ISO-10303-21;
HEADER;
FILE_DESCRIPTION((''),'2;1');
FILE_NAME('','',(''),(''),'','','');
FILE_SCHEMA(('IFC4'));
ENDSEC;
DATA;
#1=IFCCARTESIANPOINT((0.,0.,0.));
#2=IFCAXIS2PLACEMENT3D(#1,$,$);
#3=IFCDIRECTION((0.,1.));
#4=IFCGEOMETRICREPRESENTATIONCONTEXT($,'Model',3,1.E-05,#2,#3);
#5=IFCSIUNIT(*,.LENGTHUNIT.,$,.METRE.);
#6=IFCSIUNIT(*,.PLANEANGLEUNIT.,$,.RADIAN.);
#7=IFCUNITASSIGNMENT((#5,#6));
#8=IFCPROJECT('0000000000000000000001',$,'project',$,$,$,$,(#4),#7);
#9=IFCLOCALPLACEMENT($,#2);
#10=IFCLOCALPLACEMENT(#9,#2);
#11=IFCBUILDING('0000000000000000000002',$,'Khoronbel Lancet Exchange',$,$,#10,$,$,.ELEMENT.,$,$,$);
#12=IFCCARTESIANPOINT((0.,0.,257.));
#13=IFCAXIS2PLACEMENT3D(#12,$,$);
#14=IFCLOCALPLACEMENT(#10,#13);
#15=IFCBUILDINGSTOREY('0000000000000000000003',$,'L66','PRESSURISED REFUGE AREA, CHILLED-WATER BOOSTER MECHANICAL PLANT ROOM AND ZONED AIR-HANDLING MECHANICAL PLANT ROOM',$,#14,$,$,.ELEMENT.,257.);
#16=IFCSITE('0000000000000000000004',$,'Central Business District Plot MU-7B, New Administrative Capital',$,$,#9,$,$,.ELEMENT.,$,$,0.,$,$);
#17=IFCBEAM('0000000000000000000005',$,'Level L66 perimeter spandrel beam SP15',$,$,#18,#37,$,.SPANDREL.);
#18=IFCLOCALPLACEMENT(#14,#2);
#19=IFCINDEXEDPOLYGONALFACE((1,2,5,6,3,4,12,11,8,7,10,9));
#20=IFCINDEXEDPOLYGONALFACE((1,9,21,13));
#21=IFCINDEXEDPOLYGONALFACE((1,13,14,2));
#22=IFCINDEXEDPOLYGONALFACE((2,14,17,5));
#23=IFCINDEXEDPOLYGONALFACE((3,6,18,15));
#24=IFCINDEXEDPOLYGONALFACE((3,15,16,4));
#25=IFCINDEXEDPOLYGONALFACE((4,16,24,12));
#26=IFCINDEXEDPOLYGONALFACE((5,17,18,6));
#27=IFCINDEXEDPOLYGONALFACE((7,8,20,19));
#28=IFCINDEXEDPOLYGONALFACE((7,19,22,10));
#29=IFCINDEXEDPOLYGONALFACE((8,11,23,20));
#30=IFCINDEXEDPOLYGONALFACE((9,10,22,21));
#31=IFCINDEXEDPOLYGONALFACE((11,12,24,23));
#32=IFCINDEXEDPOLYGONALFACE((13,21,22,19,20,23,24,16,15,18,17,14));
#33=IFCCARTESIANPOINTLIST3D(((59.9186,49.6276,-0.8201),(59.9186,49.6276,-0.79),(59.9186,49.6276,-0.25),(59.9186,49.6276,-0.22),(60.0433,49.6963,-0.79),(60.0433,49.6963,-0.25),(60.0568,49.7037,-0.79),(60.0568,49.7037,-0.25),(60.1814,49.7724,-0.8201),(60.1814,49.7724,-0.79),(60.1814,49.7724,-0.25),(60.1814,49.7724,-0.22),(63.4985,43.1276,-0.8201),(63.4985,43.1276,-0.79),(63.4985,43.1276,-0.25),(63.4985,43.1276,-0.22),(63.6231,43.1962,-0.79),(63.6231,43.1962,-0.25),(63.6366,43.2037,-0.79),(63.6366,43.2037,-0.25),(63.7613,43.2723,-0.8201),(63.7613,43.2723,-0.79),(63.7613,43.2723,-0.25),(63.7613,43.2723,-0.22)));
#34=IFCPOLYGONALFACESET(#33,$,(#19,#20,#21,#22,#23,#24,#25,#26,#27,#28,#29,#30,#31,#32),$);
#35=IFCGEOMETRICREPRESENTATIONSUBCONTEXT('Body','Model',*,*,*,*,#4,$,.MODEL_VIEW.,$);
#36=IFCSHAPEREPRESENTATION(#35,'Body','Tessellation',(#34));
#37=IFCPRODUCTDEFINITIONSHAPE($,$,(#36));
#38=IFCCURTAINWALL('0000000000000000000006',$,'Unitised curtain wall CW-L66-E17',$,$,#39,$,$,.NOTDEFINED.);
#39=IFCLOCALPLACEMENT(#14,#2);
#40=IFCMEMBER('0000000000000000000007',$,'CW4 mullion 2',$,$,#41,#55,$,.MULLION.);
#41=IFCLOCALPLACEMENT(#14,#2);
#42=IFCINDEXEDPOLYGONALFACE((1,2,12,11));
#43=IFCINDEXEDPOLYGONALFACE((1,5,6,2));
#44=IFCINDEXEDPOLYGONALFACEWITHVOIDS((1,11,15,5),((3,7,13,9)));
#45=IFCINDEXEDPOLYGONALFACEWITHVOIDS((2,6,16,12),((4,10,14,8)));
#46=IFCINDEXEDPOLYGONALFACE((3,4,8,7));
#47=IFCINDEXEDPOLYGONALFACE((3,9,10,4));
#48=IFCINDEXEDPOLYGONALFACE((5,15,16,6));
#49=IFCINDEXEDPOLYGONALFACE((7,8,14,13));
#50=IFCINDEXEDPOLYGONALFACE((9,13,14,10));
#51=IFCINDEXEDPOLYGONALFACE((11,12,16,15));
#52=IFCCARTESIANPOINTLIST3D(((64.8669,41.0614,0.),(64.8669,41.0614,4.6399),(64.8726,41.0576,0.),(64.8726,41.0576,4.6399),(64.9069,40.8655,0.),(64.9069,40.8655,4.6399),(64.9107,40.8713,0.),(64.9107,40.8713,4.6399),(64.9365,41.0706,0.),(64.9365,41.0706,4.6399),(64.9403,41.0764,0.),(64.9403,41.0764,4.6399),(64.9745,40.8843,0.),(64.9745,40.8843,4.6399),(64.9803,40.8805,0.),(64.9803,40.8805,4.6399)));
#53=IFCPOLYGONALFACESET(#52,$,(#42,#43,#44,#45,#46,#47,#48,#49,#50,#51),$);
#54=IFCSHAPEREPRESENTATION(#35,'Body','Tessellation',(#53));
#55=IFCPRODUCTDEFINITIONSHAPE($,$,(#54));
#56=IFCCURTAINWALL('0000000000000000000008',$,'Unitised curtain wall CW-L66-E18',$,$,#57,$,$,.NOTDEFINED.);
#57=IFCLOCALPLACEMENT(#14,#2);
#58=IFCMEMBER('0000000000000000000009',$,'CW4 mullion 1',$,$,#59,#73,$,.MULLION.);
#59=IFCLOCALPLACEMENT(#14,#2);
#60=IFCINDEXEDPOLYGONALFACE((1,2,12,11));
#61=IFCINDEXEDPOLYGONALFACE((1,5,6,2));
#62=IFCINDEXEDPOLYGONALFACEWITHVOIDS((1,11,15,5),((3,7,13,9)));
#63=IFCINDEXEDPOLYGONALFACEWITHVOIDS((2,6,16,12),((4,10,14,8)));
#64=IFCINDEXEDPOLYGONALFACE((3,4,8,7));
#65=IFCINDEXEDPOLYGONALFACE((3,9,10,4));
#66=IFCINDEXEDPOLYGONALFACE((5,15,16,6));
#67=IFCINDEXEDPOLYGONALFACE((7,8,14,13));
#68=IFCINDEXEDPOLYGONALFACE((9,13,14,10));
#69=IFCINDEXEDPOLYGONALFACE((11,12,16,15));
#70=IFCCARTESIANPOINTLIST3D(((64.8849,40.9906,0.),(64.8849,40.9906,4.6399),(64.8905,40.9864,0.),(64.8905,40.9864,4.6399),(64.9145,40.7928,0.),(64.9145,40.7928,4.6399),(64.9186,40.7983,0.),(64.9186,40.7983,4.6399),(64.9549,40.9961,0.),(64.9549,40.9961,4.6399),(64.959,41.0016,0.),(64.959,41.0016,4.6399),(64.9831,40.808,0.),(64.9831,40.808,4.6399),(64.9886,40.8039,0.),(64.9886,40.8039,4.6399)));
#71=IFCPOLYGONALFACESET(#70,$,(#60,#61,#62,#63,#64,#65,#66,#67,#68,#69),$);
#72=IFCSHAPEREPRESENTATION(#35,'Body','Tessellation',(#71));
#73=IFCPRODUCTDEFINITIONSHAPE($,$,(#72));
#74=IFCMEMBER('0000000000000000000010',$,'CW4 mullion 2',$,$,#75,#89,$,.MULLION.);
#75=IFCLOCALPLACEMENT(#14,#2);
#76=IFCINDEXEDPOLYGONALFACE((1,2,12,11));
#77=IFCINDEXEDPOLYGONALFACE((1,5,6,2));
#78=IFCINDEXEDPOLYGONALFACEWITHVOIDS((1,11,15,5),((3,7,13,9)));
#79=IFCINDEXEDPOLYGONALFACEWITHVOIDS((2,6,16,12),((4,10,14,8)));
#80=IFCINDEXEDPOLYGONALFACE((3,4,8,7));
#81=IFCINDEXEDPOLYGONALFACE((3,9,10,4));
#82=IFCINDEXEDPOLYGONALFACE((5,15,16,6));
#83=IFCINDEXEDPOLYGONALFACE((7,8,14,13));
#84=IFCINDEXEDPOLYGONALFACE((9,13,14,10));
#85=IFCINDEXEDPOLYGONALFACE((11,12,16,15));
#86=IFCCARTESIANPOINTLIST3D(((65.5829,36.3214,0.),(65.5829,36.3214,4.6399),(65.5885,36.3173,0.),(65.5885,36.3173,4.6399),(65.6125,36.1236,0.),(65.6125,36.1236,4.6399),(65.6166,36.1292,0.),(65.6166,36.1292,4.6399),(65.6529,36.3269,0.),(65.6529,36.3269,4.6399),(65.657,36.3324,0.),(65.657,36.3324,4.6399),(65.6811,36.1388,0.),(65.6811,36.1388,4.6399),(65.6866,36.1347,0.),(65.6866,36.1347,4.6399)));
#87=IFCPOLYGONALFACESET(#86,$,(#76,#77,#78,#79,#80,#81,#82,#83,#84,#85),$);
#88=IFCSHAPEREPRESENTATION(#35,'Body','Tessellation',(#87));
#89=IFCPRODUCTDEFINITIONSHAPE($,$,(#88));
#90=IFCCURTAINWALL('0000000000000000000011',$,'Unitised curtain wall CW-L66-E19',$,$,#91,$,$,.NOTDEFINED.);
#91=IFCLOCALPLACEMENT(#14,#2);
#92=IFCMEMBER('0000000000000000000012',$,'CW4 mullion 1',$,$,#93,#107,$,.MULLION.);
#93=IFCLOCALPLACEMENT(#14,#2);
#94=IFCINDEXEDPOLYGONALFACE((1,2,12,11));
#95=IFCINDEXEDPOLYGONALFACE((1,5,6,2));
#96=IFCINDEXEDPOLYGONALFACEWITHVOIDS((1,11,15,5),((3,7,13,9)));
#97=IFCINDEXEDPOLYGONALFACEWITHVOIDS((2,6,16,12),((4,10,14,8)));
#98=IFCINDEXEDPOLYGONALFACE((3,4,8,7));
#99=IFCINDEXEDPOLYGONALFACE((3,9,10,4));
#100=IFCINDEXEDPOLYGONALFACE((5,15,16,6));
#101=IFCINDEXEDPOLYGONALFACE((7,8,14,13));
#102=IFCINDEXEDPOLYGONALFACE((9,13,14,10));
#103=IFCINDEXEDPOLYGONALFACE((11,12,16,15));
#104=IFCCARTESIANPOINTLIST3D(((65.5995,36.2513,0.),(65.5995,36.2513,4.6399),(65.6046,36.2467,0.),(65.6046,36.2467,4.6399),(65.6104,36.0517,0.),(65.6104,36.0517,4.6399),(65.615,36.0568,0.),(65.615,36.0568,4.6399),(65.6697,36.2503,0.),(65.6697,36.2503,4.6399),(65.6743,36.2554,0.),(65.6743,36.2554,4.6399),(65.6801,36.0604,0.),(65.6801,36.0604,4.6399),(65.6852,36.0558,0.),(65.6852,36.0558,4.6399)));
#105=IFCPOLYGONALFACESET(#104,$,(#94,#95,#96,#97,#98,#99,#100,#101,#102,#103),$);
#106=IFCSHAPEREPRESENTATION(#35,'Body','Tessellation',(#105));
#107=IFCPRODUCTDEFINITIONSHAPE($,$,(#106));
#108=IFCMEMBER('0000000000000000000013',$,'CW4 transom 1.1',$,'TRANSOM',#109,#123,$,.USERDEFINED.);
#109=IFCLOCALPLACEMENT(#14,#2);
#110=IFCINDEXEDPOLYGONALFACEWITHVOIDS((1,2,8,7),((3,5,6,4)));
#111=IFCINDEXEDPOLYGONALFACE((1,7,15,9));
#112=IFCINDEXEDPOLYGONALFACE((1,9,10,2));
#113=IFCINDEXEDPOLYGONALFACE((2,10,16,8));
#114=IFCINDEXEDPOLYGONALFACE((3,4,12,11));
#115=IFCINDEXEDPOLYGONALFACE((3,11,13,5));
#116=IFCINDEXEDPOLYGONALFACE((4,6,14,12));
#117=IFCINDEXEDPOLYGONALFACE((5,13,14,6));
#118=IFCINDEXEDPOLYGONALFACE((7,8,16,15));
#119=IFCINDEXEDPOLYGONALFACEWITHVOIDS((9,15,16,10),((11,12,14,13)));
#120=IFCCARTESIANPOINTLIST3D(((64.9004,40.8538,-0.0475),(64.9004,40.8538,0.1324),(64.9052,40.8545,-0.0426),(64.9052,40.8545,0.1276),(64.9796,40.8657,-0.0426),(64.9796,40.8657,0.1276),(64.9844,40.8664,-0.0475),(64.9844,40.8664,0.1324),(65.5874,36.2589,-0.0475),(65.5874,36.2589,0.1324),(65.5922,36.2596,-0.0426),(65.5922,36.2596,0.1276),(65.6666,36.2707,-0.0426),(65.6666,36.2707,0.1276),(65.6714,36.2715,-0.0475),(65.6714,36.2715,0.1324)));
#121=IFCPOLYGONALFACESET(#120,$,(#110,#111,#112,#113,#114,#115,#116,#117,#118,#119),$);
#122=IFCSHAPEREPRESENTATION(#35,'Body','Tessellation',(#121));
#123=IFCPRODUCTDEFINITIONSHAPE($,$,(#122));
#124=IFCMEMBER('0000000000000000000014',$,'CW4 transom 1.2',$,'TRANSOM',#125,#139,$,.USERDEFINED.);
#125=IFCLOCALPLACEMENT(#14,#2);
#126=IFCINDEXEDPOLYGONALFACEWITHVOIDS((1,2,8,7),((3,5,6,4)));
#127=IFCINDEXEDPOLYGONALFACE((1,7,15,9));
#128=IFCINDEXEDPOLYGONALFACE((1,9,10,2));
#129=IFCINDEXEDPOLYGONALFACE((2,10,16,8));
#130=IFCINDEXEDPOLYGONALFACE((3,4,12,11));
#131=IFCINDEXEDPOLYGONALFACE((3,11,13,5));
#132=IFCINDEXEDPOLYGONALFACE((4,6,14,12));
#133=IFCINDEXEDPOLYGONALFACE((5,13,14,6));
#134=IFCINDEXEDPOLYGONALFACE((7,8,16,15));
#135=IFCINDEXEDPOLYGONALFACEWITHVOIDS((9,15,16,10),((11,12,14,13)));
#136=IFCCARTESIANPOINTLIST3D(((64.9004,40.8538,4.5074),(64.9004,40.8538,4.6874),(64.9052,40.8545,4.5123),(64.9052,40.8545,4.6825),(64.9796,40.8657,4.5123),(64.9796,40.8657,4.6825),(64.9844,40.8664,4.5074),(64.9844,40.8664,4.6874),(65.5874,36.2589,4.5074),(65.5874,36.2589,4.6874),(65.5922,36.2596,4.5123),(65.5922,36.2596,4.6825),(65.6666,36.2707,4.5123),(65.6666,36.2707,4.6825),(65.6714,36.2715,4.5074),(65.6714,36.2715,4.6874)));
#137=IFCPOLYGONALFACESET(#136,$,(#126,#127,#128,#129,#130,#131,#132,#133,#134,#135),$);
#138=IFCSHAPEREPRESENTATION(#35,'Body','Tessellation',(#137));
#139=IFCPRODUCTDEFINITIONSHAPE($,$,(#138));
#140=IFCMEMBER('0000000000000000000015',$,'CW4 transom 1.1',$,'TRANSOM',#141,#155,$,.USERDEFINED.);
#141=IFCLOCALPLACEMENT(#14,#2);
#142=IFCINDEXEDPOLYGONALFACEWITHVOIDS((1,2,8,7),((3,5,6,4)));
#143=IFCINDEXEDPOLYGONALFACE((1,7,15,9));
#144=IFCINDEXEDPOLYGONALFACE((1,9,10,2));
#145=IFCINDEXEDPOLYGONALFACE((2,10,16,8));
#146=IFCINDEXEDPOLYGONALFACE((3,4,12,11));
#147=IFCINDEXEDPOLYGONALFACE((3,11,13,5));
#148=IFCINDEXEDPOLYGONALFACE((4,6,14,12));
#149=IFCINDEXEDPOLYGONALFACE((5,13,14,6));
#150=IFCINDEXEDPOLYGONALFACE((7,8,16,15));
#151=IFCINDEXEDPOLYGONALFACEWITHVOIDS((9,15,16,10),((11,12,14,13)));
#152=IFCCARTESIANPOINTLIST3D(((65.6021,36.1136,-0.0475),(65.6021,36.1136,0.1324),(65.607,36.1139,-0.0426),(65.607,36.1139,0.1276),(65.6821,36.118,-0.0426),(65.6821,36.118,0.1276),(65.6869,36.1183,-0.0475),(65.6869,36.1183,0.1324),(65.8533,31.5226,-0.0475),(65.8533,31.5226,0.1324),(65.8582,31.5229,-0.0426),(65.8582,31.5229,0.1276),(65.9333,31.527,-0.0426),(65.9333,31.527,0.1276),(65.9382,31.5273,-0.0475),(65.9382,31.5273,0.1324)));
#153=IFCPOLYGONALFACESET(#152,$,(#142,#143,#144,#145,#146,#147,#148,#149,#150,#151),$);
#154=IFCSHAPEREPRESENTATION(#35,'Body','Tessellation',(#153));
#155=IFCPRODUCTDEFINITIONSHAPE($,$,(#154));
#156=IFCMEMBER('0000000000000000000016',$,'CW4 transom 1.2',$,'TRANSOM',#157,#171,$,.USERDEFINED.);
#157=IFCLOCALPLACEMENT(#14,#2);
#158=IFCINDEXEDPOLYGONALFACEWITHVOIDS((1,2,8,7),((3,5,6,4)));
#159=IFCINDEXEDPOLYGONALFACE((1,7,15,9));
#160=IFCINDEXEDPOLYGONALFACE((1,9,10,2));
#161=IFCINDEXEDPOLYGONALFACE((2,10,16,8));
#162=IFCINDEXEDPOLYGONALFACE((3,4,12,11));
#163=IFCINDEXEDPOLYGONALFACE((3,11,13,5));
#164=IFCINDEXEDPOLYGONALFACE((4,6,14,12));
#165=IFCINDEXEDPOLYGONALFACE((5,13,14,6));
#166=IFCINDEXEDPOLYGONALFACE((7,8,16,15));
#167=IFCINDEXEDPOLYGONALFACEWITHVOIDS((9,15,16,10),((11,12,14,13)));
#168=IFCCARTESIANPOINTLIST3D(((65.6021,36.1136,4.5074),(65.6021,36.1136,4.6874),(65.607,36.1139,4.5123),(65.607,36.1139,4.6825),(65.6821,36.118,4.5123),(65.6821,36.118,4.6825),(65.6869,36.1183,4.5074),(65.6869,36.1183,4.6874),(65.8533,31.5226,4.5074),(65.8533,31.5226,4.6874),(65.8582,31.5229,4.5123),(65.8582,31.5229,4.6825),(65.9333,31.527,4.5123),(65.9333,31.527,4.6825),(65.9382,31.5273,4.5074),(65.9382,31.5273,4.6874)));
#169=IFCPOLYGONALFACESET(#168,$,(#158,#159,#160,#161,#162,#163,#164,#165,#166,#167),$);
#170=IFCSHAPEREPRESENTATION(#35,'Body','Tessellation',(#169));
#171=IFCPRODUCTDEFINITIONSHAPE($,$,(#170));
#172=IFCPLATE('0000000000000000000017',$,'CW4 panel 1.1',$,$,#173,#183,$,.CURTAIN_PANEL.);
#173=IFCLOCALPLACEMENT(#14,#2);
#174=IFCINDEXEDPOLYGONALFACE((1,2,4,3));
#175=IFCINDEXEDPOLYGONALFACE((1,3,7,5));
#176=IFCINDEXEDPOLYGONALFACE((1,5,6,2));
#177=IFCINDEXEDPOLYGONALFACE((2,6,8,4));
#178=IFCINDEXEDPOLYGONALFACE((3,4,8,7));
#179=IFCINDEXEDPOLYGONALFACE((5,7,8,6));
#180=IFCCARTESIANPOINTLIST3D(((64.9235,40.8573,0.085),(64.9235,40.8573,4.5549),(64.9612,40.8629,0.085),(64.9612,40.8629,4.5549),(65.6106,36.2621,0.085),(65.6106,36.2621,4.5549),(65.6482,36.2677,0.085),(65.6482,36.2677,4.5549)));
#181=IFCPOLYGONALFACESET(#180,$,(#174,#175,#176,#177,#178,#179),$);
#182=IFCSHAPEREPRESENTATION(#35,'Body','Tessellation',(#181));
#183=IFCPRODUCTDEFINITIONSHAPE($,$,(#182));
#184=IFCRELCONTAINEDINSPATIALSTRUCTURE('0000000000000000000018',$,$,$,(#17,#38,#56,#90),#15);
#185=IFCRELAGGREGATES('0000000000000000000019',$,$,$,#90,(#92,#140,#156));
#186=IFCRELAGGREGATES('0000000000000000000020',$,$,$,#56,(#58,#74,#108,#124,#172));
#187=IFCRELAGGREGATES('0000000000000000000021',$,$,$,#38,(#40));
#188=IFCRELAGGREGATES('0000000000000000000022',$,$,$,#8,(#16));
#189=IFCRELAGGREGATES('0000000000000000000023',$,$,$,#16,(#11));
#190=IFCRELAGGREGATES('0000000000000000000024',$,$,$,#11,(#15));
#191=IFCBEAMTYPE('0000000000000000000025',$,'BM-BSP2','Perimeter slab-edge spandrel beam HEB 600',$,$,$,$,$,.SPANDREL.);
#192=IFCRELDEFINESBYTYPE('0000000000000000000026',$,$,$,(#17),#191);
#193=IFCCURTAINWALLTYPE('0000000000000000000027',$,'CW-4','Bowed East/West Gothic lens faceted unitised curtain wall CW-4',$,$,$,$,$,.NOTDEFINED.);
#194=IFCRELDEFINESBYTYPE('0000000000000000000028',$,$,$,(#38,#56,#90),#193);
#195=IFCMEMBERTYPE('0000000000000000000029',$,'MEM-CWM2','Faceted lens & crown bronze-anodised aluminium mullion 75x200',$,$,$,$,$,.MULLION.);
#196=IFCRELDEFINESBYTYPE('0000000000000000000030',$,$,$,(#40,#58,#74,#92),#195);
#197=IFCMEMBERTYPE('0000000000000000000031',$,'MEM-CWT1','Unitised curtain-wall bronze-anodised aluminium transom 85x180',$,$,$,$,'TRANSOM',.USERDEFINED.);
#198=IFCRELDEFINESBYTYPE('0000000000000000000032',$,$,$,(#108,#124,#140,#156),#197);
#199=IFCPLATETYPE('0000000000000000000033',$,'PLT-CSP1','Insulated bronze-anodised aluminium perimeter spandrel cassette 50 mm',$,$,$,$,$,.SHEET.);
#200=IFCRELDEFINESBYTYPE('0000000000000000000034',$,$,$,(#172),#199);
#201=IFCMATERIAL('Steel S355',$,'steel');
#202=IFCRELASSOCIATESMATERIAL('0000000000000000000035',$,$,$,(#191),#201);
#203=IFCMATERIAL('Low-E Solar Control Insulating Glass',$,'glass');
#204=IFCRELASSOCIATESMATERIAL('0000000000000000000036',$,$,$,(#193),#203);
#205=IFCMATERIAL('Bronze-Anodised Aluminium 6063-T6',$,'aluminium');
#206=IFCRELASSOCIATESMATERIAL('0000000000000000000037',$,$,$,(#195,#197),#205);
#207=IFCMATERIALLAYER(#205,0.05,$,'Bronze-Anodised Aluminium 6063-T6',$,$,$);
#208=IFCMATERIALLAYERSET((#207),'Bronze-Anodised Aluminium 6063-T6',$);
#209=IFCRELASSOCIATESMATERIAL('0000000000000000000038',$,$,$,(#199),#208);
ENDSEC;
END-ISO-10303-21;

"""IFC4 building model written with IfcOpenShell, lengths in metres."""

from ifc_helpers import new_model, si_unit, direction, frame, origin, origin_2d, place, context, subcontext, project, spatial, rectangle, hollow_rectangle, i_section, extrude, material, layer, layer_set, material_profile, profile_set, type_object, element, aggregate, save


model = new_model("IFC4")

# Units and contexts
model_context = context("Model", 3, precision=1e-05, world=origin(), true_north=direction((0.0, 1.0)))
body_context = subcontext(model_context, "Body", "Model", "MODEL_VIEW")
ifc_project = project(units=[si_unit("LENGTHUNIT", "METRE"), si_unit("PLANEANGLEUNIT", "RADIAN")], contexts=[model_context])

# Site, building, storey
site_placement = place(None, origin())
site = spatial("IfcSite", under=ifc_project, at=site_placement, Name="Central Business District Plot MU-7B, New Administrative Capital", CompositionType="ELEMENT", RefElevation=0.0)
building_placement = place(site_placement, origin())
building = spatial("IfcBuilding", under=site, at=building_placement, Name="Khoronbel Lancet Exchange", CompositionType="ELEMENT")
storey_placement = place(building_placement, frame((0.0, 0.0, 257.0)))
storey = spatial("IfcBuildingStorey", under=building, at=storey_placement, Name="L66", Description="PRESSURISED REFUGE AREA, CHILLED-WATER BOOSTER MECHANICAL PLANT ROOM AND ZONED AIR-HANDLING MECHANICAL PLANT ROOM", CompositionType="ELEMENT", Elevation=257.0)

# Shared definitions
ifc_material_1 = material(Name="Steel S355", Category="steel")

# Beam
ifc_material_profile_1 = material_profile(ifc_material_1, i_section(OverallWidth=0.3, OverallDepth=0.6001, WebThickness=0.0154, FlangeThickness=0.03, at=origin_2d()), Name="HEB 600")
ifc_profile_set_1 = profile_set([ifc_material_profile_1], Name="Steel S355")
beam_type_1 = type_object("IfcBeamType", Name="BM-BSP2", Description="Perimeter slab-edge spandrel beam HEB 600", PredefinedType="SPANDREL", material=ifc_profile_set_1)
beam_1_placement = place(storey_placement, frame((63.6299, 43.2, -0.52), z_axis=(-0.482419, 0.875941, 0.0), x_axis=(-0.875941, -0.482419, 0.0)))
element("IfcBeam", 1, at=beam_1_placement, inside=storey, type_object=beam_type_1, Name="Level L66 perimeter spandrel beam SP15", PredefinedType="SPANDREL", context=body_context, shape_type="SweptSolid", body=[
    extrude(i_section(OverallWidth=0.3, OverallDepth=0.6001, WebThickness=0.0154, FlangeThickness=0.03, at=origin_2d()), origin(), (0.0, 0.0, 1.0), 7.4207),
])

# Curtain wall, member
ifc_material_2 = material(Name="Low-E Solar Control Insulating Glass", Category="glass")
curtain_wall_type = type_object("IfcCurtainWallType", Name="CW-4", Description="Bowed East/West Gothic lens faceted unitised curtain wall CW-4", PredefinedType="NOTDEFINED", material=ifc_material_2)
curtain_wall_1_placement = place(storey_placement, origin())
curtain_wall_1 = element("IfcCurtainWall", 2, at=curtain_wall_1_placement, inside=storey, type_object=curtain_wall_type, Name="Unitised curtain wall CW-L66-E17", PredefinedType="NOTDEFINED")
ifc_material_3 = material(Name="Bronze-Anodised Aluminium 6063-T6", Category="aluminium")
ifc_material_profile_2 = material_profile(ifc_material_3, hollow_rectangle(XDim=0.075, YDim=0.2, WallThickness=0.0049, at=origin_2d()), Name="ALU MULLION 75x200")
ifc_profile_set_2 = profile_set([ifc_material_profile_2], Name="Bronze-Anodised Aluminium 6063-T6")
member_type_1 = type_object("IfcMemberType", Name="MEM-CWM2", Description="Faceted lens & crown bronze-anodised aluminium mullion 75x200", PredefinedType="MULLION", material=ifc_profile_set_2)
member_1_placement = place(storey_placement, frame((64.9236, 40.9709, 0.0), z_axis=(0.0, 0.0, 1.0), x_axis=(0.979785, 0.200052, 0.0)))
member_1 = element("IfcMember", 3, at=member_1_placement, type_object=member_type_1, Name="CW4 mullion 2", PredefinedType="MULLION", context=body_context, shape_type="SweptSolid", body=[
    extrude(hollow_rectangle(XDim=0.075, YDim=0.2, WallThickness=0.0049, at=origin_2d()), origin(), (0.0, 0.0, 1.0), 4.6399),
])

# Curtain wall, members
curtain_wall_2_placement = place(storey_placement, origin())
curtain_wall_2 = element("IfcCurtainWall", 4, at=curtain_wall_2_placement, inside=storey, type_object=curtain_wall_type, Name="Unitised curtain wall CW-L66-E18", PredefinedType="NOTDEFINED")
member_2_placement = place(storey_placement, frame((64.9368, 40.8972, 0.0), z_axis=(0.0, 0.0, 1.0), x_axis=(0.989007, 0.147869, 0.0)))
member_2 = element("IfcMember", 5, at=member_2_placement, type_object=member_type_1, Name="CW4 mullion 1", PredefinedType="MULLION", context=body_context, shape_type="SweptSolid", body=[
    extrude(hollow_rectangle(XDim=0.075, YDim=0.2, WallThickness=0.0049, at=origin_2d()), origin(), (0.0, 0.0, 1.0), 4.6399),
])
member_3_placement = place(storey_placement, frame((65.6348, 36.228, 0.0), z_axis=(0.0, 0.0, 1.0), x_axis=(0.989007, 0.147869, 0.0)))
member_3 = element("IfcMember", 6, at=member_3_placement, type_object=member_type_1, Name="CW4 mullion 2", PredefinedType="MULLION", context=body_context, shape_type="SweptSolid", body=[
    extrude(hollow_rectangle(XDim=0.075, YDim=0.2, WallThickness=0.0049, at=origin_2d()), origin(), (0.0, 0.0, 1.0), 4.6399),
])

# Curtain wall, member
curtain_wall_3_placement = place(storey_placement, origin())
curtain_wall_3 = element("IfcCurtainWall", 7, at=curtain_wall_3_placement, inside=storey, type_object=curtain_wall_type, Name="Unitised curtain wall CW-L66-E19", PredefinedType="NOTDEFINED")
member_4_placement = place(storey_placement, frame((65.6423, 36.1536, 0.0), z_axis=(0.0, 0.0, 1.0), x_axis=(0.998506, 0.054634, 0.0)))
member_4 = element("IfcMember", 8, at=member_4_placement, type_object=member_type_1, Name="CW4 mullion 1", PredefinedType="MULLION", context=body_context, shape_type="SweptSolid", body=[
    extrude(hollow_rectangle(XDim=0.075, YDim=0.2, WallThickness=0.0049, at=origin_2d()), origin(), (0.0, 0.0, 1.0), 4.6399),
])

# Members
ifc_material_profile_3 = material_profile(ifc_material_3, hollow_rectangle(XDim=0.085, YDim=0.1799, WallThickness=0.0049, at=origin_2d()), Name="ALU TRANSOM 85x180")
ifc_profile_set_3 = profile_set([ifc_material_profile_3], Name="Bronze-Anodised Aluminium 6063-T6")
member_type_2 = type_object("IfcMemberType", Name="MEM-CWT1", Description="Unitised curtain-wall bronze-anodised aluminium transom 85x180", ElementType="TRANSOM", PredefinedType="USERDEFINED", material=ifc_profile_set_3)
member_5_placement = place(storey_placement, frame((64.9424, 40.8601, 0.0425), z_axis=(0.14787, -0.989007, 0.0), x_axis=(0.989007, 0.14787, 0.0)))
member_5 = element("IfcMember", 9, at=member_5_placement, type_object=member_type_2, Name="CW4 transom 1.1", ObjectType="TRANSOM", PredefinedType="USERDEFINED", context=body_context, shape_type="SweptSolid", body=[
    extrude(hollow_rectangle(XDim=0.085, YDim=0.1799, WallThickness=0.0049, at=origin_2d()), origin(), (0.0, 0.0, 1.0), 4.646),
])
member_6_placement = place(storey_placement, frame((64.9424, 40.8601, 4.5974), z_axis=(0.14787, -0.989007, 0.0), x_axis=(0.989007, 0.14787, 0.0)))
member_6 = element("IfcMember", 10, at=member_6_placement, type_object=member_type_2, Name="CW4 transom 1.2", ObjectType="TRANSOM", PredefinedType="USERDEFINED", context=body_context, shape_type="SweptSolid", body=[
    extrude(hollow_rectangle(XDim=0.085, YDim=0.1799, WallThickness=0.0049, at=origin_2d()), origin(), (0.0, 0.0, 1.0), 4.646),
])
member_7_placement = place(storey_placement, frame((65.6445, 36.116, 0.0425), z_axis=(0.054638, -0.998506, 0.0), x_axis=(0.998506, 0.054638, 0.0)))
member_7 = element("IfcMember", 11, at=member_7_placement, type_object=member_type_2, Name="CW4 transom 1.1", ObjectType="TRANSOM", PredefinedType="USERDEFINED", context=body_context, shape_type="SweptSolid", body=[
    extrude(hollow_rectangle(XDim=0.085, YDim=0.1799, WallThickness=0.0049, at=origin_2d()), origin(), (0.0, 0.0, 1.0), 4.5979),
])
member_8_placement = place(storey_placement, frame((65.6445, 36.116, 4.5974), z_axis=(0.054638, -0.998506, 0.0), x_axis=(0.998506, 0.054638, 0.0)))
member_8 = element("IfcMember", 12, at=member_8_placement, type_object=member_type_2, Name="CW4 transom 1.2", ObjectType="TRANSOM", PredefinedType="USERDEFINED", context=body_context, shape_type="SweptSolid", body=[
    extrude(hollow_rectangle(XDim=0.085, YDim=0.1799, WallThickness=0.0049, at=origin_2d()), origin(), (0.0, 0.0, 1.0), 4.5979),
])
aggregate(curtain_wall_3, [member_4, member_7, member_8])

# Plate
ifc_layer_1 = layer(ifc_material_3, 0.05, Name="Bronze-Anodised Aluminium 6063-T6")
ifc_layer_set_1 = layer_set([ifc_layer_1], Name="Bronze-Anodised Aluminium 6063-T6")
plate_type_1 = type_object("IfcPlateType", Name="PLT-CSP1", Description="Insulated bronze-anodised aluminium perimeter spandrel cassette 50 mm", PredefinedType="SHEET", material=ifc_layer_set_1)
plate_1_placement = place(storey_placement, frame((65.2859, 38.5625, 0.085), z_axis=(0.0, 0.0, 1.0), x_axis=(0.147869, -0.989007, 0.0)))
plate_1 = element("IfcPlate", 13, at=plate_1_placement, type_object=plate_type_1, Name="CW4 panel 1.1", PredefinedType="CURTAIN_PANEL", context=body_context, shape_type="SweptSolid", body=[
    extrude(rectangle(XDim=4.6462, YDim=0.0381, at=origin_2d()), origin(), (0.0, 0.0, 1.0), 4.47),
])
aggregate(curtain_wall_2, [member_2, member_3, member_5, member_6, plate_1])
aggregate(curtain_wall_1, [member_1])

save(model, "model.ifc")
